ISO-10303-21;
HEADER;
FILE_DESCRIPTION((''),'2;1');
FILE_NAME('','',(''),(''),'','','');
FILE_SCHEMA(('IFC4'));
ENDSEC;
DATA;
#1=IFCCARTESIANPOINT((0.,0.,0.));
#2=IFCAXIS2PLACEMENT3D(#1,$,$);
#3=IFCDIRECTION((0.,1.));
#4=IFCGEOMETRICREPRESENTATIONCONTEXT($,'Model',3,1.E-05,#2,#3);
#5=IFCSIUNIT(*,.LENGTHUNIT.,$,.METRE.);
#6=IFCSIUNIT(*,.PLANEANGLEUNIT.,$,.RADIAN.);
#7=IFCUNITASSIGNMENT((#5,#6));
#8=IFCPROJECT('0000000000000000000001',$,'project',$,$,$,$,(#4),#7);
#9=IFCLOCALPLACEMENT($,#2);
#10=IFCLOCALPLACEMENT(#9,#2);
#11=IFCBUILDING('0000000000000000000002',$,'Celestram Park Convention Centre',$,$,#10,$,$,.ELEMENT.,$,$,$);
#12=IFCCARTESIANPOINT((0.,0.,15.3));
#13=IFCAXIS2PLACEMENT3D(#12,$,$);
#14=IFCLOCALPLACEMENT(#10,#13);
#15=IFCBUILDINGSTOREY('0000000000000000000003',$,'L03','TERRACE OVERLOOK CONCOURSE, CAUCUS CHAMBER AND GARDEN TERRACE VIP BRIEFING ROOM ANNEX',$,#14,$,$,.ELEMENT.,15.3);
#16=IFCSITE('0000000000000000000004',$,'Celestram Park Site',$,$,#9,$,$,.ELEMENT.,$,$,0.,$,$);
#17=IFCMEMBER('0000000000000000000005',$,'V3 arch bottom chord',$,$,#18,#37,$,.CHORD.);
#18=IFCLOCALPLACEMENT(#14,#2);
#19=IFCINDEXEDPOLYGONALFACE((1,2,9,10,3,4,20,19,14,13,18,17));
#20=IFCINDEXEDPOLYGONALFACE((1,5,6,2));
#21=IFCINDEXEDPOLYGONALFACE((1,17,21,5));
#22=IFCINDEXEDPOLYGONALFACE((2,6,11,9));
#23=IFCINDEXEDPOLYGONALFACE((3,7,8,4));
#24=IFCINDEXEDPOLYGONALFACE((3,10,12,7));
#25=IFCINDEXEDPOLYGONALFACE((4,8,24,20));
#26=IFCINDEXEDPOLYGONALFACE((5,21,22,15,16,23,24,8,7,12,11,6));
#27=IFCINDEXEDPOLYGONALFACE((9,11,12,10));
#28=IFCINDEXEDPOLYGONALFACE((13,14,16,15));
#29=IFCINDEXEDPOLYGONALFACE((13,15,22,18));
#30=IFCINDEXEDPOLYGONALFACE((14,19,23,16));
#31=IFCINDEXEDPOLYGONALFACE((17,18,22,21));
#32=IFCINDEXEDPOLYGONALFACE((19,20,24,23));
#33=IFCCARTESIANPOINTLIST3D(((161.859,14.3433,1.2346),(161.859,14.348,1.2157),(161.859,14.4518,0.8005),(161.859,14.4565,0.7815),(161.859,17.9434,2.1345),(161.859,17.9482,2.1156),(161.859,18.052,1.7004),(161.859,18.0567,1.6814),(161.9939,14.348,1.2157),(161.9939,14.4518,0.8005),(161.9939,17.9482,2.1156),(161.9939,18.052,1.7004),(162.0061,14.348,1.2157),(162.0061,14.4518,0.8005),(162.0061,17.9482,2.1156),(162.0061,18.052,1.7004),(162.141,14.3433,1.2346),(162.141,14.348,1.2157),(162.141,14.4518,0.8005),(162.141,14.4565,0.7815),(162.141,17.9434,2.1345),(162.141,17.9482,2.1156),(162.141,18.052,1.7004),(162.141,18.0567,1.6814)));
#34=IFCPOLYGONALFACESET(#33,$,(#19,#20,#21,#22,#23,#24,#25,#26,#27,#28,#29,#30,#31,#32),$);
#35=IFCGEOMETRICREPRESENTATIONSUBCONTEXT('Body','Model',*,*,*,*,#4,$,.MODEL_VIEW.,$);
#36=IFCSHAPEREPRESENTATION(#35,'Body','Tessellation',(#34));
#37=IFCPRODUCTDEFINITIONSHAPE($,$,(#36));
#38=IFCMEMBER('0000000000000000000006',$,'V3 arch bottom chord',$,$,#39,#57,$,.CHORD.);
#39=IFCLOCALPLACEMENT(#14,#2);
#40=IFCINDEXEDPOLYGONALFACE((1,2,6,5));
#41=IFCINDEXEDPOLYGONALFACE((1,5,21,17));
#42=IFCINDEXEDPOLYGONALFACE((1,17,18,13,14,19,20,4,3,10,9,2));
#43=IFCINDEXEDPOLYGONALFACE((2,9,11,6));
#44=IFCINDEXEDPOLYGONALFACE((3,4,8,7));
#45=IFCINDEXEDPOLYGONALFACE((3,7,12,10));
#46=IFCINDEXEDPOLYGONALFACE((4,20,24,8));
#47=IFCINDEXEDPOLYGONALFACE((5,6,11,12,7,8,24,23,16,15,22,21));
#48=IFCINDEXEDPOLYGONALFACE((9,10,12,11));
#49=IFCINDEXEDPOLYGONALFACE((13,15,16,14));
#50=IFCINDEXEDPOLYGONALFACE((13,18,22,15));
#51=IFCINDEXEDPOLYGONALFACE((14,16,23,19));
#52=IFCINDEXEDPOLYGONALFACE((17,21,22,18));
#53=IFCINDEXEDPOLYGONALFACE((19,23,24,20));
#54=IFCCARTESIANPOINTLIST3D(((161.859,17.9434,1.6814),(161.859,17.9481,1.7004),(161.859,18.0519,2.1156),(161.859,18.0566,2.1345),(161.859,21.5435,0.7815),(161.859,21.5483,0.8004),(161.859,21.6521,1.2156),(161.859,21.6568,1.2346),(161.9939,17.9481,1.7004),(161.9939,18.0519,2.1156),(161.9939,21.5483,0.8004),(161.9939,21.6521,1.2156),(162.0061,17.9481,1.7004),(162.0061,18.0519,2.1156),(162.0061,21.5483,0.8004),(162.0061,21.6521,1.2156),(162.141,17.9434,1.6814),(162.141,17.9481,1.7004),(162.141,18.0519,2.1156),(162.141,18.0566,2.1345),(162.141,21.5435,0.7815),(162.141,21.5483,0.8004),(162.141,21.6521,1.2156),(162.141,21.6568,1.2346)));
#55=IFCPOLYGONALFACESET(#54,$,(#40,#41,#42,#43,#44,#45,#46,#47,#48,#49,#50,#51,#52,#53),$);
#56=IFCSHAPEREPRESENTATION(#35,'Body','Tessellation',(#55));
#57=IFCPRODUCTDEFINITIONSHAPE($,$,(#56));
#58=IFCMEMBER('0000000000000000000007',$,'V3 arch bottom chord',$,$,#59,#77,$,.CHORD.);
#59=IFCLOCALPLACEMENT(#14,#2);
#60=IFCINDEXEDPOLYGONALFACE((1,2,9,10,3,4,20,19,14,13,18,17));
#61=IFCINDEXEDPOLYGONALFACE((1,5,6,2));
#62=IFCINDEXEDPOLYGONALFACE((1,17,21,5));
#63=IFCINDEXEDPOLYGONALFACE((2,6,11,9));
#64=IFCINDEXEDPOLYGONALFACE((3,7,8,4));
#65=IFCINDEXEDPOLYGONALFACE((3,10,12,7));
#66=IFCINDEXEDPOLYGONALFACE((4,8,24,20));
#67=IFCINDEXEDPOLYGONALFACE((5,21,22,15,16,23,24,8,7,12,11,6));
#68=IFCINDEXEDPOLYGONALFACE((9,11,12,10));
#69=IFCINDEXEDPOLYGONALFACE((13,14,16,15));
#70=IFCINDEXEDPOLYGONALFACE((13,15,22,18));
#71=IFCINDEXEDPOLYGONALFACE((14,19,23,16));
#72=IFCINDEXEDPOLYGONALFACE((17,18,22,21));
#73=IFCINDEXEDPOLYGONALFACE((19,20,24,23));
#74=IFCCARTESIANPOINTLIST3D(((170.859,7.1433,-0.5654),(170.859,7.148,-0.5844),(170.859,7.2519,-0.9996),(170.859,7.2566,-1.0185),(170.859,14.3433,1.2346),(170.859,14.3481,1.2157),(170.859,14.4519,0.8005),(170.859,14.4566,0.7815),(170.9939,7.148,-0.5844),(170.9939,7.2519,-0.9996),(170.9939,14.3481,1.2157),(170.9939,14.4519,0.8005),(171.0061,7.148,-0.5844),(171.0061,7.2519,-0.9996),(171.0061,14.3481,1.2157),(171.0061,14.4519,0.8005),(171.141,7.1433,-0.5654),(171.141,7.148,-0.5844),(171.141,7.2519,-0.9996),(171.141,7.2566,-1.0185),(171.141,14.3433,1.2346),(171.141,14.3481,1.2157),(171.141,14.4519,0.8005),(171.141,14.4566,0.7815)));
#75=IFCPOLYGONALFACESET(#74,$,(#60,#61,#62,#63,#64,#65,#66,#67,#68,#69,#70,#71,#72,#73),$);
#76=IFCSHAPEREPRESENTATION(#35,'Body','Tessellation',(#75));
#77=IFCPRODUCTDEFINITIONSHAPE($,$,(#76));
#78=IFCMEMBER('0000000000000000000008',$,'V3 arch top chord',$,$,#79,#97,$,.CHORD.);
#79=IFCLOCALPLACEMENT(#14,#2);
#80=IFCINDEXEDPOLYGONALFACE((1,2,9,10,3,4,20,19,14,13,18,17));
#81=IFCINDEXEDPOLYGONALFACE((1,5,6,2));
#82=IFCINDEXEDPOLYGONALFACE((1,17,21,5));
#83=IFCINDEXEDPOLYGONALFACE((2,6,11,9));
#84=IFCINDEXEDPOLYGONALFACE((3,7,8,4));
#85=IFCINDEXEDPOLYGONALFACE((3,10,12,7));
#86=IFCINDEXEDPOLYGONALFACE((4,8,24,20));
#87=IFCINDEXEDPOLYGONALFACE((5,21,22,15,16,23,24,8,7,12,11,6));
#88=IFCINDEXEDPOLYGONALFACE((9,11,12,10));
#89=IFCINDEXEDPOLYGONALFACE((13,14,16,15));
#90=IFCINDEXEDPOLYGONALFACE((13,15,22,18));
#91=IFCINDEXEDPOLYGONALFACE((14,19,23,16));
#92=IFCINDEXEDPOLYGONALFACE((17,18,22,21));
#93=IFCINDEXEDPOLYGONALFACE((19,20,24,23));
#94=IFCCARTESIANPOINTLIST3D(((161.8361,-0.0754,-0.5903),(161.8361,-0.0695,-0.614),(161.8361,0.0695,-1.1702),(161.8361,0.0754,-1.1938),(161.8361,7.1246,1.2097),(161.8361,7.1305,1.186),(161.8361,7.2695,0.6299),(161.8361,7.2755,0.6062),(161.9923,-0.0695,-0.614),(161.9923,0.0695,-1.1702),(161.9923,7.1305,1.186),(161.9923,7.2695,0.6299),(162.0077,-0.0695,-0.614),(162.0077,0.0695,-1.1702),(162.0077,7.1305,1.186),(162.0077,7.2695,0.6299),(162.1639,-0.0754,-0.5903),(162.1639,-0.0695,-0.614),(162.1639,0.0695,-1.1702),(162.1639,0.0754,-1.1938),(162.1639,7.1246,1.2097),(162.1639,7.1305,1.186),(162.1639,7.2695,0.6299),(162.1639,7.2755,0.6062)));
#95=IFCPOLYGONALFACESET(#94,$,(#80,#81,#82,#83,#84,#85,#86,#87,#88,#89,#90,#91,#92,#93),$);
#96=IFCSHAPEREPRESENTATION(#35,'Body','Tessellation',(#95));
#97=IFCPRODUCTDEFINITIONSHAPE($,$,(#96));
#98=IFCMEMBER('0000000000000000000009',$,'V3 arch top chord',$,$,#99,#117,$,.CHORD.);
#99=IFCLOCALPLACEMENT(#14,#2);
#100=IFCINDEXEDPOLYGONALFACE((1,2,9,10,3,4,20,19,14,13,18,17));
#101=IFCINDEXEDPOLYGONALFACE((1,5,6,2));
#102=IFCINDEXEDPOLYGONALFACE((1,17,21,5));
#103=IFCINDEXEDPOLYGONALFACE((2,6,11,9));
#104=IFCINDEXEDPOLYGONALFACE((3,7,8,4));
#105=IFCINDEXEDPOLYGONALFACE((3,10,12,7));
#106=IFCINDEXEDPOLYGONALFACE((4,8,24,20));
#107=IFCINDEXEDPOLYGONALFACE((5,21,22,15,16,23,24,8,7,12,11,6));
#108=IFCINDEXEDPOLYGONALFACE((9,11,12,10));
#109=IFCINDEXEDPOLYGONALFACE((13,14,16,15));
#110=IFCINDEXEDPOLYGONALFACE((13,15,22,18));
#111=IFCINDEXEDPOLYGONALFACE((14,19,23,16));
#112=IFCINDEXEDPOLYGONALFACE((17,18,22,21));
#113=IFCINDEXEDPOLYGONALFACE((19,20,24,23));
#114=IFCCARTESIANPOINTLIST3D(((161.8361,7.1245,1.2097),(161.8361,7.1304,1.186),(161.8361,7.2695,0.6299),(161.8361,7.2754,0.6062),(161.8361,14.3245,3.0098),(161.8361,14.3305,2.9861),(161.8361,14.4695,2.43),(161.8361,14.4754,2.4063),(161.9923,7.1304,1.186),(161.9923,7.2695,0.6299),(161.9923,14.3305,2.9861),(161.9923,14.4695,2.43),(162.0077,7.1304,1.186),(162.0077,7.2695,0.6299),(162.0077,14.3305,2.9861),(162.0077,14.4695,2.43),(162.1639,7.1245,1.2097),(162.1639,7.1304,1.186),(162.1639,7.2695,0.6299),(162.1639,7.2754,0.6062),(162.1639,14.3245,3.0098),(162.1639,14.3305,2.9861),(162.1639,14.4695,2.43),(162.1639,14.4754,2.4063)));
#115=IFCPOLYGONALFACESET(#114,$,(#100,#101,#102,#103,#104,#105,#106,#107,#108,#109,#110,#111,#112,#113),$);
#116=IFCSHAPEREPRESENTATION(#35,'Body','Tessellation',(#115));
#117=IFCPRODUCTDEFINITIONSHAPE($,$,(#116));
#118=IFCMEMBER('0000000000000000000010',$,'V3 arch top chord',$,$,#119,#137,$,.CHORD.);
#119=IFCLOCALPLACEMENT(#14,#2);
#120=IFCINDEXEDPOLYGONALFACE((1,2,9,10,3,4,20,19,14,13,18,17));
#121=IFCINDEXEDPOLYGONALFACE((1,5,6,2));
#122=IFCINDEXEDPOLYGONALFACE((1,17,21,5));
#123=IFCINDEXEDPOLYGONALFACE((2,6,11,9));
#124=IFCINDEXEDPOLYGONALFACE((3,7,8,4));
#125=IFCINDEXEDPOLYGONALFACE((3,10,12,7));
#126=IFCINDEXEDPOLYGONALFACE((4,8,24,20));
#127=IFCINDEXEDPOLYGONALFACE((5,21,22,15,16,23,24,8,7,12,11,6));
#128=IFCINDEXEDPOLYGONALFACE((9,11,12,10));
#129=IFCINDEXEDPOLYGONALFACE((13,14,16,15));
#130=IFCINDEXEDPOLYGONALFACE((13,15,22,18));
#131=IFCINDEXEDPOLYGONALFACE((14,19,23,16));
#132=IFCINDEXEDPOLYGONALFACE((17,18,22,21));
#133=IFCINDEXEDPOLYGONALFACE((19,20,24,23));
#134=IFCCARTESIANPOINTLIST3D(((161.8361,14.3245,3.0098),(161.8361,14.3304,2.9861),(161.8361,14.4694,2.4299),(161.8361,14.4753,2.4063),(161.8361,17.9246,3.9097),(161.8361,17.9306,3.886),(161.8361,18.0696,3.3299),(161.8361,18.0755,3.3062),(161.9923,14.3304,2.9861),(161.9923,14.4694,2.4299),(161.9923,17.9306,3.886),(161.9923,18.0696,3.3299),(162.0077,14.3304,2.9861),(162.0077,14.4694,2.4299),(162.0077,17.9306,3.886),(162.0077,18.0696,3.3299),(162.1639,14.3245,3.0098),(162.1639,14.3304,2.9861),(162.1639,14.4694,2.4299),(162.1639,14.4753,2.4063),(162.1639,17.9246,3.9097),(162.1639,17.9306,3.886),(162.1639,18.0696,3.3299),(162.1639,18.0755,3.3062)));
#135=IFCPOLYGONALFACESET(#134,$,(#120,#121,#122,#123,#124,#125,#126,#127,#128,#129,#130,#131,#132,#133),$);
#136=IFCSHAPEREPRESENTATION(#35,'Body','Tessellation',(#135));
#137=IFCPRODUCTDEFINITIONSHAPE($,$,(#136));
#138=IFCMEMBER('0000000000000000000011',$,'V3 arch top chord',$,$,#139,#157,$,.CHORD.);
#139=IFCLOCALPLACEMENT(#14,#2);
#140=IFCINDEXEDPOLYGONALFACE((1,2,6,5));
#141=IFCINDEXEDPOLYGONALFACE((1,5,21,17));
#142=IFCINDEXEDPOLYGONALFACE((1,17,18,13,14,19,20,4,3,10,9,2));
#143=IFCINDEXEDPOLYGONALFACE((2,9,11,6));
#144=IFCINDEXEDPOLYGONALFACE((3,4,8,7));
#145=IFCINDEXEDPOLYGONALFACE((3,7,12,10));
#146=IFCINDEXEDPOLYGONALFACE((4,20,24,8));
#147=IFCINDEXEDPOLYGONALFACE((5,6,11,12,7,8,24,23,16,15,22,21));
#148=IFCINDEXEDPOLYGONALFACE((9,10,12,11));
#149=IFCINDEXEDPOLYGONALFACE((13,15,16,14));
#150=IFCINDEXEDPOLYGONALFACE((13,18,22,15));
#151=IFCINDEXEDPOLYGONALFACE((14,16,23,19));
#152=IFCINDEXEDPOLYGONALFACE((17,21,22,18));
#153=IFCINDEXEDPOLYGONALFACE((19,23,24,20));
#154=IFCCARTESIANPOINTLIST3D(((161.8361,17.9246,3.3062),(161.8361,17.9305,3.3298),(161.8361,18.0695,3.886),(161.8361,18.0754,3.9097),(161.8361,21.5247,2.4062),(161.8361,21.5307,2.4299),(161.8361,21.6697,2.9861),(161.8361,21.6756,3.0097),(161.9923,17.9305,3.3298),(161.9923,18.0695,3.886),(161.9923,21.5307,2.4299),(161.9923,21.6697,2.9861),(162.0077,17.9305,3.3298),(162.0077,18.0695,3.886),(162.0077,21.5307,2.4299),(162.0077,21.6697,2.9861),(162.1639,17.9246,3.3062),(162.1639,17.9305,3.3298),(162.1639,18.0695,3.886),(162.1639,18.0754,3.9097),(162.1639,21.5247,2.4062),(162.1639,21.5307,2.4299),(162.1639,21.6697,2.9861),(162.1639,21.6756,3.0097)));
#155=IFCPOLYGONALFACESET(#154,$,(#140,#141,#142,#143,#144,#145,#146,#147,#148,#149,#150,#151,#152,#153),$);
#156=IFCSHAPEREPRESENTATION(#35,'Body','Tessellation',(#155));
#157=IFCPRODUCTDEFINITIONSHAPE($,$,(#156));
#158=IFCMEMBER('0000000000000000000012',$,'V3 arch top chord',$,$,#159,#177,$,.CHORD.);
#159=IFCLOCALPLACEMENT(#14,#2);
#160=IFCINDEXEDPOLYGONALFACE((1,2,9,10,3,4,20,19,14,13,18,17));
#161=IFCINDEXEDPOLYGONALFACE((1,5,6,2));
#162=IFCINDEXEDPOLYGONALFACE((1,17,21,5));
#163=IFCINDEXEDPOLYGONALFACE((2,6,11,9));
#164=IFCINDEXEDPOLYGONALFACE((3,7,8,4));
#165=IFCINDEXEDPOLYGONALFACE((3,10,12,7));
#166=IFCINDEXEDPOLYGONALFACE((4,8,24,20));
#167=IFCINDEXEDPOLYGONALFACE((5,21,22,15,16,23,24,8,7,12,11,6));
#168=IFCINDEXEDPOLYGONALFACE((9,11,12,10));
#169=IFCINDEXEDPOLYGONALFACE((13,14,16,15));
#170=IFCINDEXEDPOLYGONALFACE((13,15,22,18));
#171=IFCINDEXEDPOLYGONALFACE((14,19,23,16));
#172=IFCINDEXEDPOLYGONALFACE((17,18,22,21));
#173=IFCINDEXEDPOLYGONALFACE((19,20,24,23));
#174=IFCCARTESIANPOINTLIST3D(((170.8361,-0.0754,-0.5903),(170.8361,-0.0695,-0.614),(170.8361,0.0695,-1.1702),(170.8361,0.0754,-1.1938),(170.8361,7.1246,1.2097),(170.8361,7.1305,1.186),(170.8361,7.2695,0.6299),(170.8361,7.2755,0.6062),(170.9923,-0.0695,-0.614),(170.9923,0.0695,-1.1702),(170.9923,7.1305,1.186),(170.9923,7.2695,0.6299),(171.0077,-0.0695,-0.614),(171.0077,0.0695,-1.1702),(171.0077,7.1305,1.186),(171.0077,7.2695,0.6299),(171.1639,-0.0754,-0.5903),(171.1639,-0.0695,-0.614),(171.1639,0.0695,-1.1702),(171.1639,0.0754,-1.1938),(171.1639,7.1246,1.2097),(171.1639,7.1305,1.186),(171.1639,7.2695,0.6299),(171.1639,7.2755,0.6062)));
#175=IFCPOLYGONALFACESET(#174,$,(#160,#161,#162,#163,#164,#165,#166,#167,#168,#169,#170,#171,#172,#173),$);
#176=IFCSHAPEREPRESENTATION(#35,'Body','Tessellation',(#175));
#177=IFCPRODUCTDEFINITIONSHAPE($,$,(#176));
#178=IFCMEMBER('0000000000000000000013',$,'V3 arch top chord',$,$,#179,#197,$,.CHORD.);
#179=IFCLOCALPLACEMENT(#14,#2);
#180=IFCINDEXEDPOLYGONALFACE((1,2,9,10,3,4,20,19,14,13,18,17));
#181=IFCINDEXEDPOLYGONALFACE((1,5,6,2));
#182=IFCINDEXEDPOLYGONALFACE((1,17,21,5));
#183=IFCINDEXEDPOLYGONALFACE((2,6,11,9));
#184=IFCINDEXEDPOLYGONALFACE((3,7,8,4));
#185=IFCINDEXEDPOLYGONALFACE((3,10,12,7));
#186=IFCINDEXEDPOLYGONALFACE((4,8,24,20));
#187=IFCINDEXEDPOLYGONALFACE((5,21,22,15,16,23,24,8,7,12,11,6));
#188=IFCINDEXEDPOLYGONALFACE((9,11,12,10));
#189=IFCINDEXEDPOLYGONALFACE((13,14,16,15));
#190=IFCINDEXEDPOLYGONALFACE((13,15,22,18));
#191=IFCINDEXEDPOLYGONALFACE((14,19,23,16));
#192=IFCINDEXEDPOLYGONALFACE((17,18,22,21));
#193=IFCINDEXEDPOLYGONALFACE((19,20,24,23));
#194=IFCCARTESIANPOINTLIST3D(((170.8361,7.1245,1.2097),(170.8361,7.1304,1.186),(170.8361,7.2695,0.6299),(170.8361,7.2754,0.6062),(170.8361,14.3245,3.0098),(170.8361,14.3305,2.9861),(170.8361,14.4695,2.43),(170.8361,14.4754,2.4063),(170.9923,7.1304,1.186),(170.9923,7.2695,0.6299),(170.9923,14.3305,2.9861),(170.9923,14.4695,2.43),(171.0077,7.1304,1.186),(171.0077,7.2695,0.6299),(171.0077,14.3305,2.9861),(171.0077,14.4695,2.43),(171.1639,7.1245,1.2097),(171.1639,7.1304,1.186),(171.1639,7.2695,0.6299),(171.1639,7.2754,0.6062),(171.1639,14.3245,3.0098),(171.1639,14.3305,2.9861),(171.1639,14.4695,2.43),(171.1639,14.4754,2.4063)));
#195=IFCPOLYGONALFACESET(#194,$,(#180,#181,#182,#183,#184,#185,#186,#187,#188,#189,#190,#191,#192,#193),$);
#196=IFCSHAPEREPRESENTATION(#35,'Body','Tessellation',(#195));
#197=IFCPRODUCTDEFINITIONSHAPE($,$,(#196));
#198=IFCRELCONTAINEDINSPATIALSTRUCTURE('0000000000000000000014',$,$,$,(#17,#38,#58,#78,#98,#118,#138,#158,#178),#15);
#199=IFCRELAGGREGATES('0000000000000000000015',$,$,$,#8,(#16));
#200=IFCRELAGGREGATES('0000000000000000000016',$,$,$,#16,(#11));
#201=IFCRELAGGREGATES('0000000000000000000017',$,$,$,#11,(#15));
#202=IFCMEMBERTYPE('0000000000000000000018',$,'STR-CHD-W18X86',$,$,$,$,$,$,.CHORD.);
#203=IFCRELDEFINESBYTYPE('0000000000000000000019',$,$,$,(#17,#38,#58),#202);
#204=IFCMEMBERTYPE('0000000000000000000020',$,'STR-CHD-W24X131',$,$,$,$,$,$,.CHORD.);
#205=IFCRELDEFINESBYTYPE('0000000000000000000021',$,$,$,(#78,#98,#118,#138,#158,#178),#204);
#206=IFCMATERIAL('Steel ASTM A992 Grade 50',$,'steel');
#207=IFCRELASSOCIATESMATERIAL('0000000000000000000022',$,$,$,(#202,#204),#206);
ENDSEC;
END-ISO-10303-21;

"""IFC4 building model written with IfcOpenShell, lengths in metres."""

from ifc_helpers import new_model, si_unit, direction, frame, origin, origin_2d, place, context, subcontext, project, spatial, i_section, extrude, material, material_profile, profile_set, type_object, element, save


model = new_model("IFC4")

# Units and contexts
model_context = context("Model", 3, precision=1e-05, world=origin(), true_north=direction((0.0, 1.0)))
body_context = subcontext(model_context, "Body", "Model", "MODEL_VIEW")
ifc_project = project(units=[si_unit("LENGTHUNIT", "METRE"), si_unit("PLANEANGLEUNIT", "RADIAN")], contexts=[model_context])

# Site, building, storey
site_placement = place(None, origin())
site = spatial("IfcSite", under=ifc_project, at=site_placement, Name="Celestram Park Site", CompositionType="ELEMENT", RefElevation=0.0)
building_placement = place(site_placement, origin())
building = spatial("IfcBuilding", under=site, at=building_placement, Name="Celestram Park Convention Centre", CompositionType="ELEMENT")
storey_placement = place(building_placement, frame((0.0, 0.0, 15.3)))
storey = spatial("IfcBuildingStorey", under=building, at=storey_placement, Name="L03", Description="TERRACE OVERLOOK CONCOURSE, CAUCUS CHAMBER AND GARDEN TERRACE VIP BRIEFING ROOM ANNEX", CompositionType="ELEMENT", Elevation=15.3)

# Shared definitions
ifc_material_1 = material(Name="Steel ASTM A992 Grade 50", Category="steel")

# Members
ifc_material_profile_1 = material_profile(ifc_material_1, i_section(OverallWidth=0.282, OverallDepth=0.467, WebThickness=0.0122, FlangeThickness=0.0195, at=origin_2d()), Name="W18X86")
ifc_profile_set_1 = profile_set([ifc_material_profile_1], Name="Steel ASTM A992 Grade 50")
member_type_1 = type_object("IfcMemberType", Name="STR-CHD-W18X86", PredefinedType="CHORD", material=ifc_profile_set_1)
for number, where, z_axis, x_axis, name in (
    (1, (162.0, 14.3999, 1.0081), (0.0, 0.97015, 0.242505), (-1.0, 0.0, 0.0), "V3 arch bottom chord"),
    (2, (162.0, 18.0, 1.908), (0.0, 0.97015, -0.242505), (-1.0, 0.0, 0.0), "V3 arch bottom chord"),
):
    element("IfcMember", number, at=place(storey_placement, frame(where, z_axis=z_axis, x_axis=x_axis)), inside=storey, type_object=member_type_1, Name=name, PredefinedType="CHORD", context=body_context, shape_type="SweptSolid", body=[
        extrude(i_section(OverallWidth=0.282, OverallDepth=0.467, WebThickness=0.0122, FlangeThickness=0.0195, at=origin_2d()), origin(), (0.0, 0.0, 1.0), 3.7109),
    ])
member_1_placement = place(storey_placement, frame((171.0, 7.2, -0.792), z_axis=(0.0, 0.970141, 0.242543), x_axis=(-1.0, 0.0, 0.0)))
element("IfcMember", 3, at=member_1_placement, inside=storey, type_object=member_type_1, Name="V3 arch bottom chord", PredefinedType="CHORD", context=body_context, shape_type="SweptSolid", body=[
    extrude(i_section(OverallWidth=0.282, OverallDepth=0.467, WebThickness=0.0122, FlangeThickness=0.0195, at=origin_2d()), origin(), (0.0, 0.0, 1.0), 7.4216),
])
ifc_material_profile_2 = material_profile(ifc_material_1, i_section(OverallWidth=0.3279, OverallDepth=0.6221, WebThickness=0.0154, FlangeThickness=0.0244, at=origin_2d()), Name="W24X131")
ifc_profile_set_2 = profile_set([ifc_material_profile_2], Name="Steel ASTM A992 Grade 50")
member_type_2 = type_object("IfcMemberType", Name="STR-CHD-W24X131", PredefinedType="CHORD", material=ifc_profile_set_2)
for number, where, z_axis, x_axis, name in (
    (4, (162.0, 0.0, -0.8921), (0.0, 0.970141, 0.242543), (-1.0, 0.0, 0.0), "V3 arch top chord"),
    (5, (162.0, 7.2, 0.908), (0.0, 0.970141, 0.242543), (-1.0, 0.0, 0.0), "V3 arch top chord"),
):
    element("IfcMember", number, at=place(storey_placement, frame(where, z_axis=z_axis, x_axis=x_axis)), inside=storey, type_object=member_type_2, Name=name, PredefinedType="CHORD", context=body_context, shape_type="SweptSolid", body=[
        extrude(i_section(OverallWidth=0.3279, OverallDepth=0.6221, WebThickness=0.0154, FlangeThickness=0.0244, at=origin_2d()), origin(), (0.0, 0.0, 1.0), 7.4216),
    ])
for number, where, z_axis, x_axis, name in (
    (6, (162.0, 14.3999, 2.708), (0.0, 0.97015, 0.242505), (-1.0, 0.0, 0.0), "V3 arch top chord"),
    (7, (162.0, 18.0, 3.6079), (0.0, 0.97015, -0.242505), (-1.0, 0.0, 0.0), "V3 arch top chord"),
):
    element("IfcMember", number, at=place(storey_placement, frame(where, z_axis=z_axis, x_axis=x_axis)), inside=storey, type_object=member_type_2, Name=name, PredefinedType="CHORD", context=body_context, shape_type="SweptSolid", body=[
        extrude(i_section(OverallWidth=0.3279, OverallDepth=0.6221, WebThickness=0.0154, FlangeThickness=0.0244, at=origin_2d()), origin(), (0.0, 0.0, 1.0), 3.7109),
    ])
for number, where, z_axis, x_axis, name in (
    (8, (171.0, 0.0, -0.8921), (0.0, 0.970141, 0.242543), (-1.0, 0.0, 0.0), "V3 arch top chord"),
    (9, (171.0, 7.2, 0.908), (0.0, 0.970141, 0.242543), (-1.0, 0.0, 0.0), "V3 arch top chord"),
):
    element("IfcMember", number, at=place(storey_placement, frame(where, z_axis=z_axis, x_axis=x_axis)), inside=storey, type_object=member_type_2, Name=name, PredefinedType="CHORD", context=body_context, shape_type="SweptSolid", body=[
        extrude(i_section(OverallWidth=0.3279, OverallDepth=0.6221, WebThickness=0.0154, FlangeThickness=0.0244, at=origin_2d()), origin(), (0.0, 0.0, 1.0), 7.4216),
    ])

save(model, "model.ifc")
